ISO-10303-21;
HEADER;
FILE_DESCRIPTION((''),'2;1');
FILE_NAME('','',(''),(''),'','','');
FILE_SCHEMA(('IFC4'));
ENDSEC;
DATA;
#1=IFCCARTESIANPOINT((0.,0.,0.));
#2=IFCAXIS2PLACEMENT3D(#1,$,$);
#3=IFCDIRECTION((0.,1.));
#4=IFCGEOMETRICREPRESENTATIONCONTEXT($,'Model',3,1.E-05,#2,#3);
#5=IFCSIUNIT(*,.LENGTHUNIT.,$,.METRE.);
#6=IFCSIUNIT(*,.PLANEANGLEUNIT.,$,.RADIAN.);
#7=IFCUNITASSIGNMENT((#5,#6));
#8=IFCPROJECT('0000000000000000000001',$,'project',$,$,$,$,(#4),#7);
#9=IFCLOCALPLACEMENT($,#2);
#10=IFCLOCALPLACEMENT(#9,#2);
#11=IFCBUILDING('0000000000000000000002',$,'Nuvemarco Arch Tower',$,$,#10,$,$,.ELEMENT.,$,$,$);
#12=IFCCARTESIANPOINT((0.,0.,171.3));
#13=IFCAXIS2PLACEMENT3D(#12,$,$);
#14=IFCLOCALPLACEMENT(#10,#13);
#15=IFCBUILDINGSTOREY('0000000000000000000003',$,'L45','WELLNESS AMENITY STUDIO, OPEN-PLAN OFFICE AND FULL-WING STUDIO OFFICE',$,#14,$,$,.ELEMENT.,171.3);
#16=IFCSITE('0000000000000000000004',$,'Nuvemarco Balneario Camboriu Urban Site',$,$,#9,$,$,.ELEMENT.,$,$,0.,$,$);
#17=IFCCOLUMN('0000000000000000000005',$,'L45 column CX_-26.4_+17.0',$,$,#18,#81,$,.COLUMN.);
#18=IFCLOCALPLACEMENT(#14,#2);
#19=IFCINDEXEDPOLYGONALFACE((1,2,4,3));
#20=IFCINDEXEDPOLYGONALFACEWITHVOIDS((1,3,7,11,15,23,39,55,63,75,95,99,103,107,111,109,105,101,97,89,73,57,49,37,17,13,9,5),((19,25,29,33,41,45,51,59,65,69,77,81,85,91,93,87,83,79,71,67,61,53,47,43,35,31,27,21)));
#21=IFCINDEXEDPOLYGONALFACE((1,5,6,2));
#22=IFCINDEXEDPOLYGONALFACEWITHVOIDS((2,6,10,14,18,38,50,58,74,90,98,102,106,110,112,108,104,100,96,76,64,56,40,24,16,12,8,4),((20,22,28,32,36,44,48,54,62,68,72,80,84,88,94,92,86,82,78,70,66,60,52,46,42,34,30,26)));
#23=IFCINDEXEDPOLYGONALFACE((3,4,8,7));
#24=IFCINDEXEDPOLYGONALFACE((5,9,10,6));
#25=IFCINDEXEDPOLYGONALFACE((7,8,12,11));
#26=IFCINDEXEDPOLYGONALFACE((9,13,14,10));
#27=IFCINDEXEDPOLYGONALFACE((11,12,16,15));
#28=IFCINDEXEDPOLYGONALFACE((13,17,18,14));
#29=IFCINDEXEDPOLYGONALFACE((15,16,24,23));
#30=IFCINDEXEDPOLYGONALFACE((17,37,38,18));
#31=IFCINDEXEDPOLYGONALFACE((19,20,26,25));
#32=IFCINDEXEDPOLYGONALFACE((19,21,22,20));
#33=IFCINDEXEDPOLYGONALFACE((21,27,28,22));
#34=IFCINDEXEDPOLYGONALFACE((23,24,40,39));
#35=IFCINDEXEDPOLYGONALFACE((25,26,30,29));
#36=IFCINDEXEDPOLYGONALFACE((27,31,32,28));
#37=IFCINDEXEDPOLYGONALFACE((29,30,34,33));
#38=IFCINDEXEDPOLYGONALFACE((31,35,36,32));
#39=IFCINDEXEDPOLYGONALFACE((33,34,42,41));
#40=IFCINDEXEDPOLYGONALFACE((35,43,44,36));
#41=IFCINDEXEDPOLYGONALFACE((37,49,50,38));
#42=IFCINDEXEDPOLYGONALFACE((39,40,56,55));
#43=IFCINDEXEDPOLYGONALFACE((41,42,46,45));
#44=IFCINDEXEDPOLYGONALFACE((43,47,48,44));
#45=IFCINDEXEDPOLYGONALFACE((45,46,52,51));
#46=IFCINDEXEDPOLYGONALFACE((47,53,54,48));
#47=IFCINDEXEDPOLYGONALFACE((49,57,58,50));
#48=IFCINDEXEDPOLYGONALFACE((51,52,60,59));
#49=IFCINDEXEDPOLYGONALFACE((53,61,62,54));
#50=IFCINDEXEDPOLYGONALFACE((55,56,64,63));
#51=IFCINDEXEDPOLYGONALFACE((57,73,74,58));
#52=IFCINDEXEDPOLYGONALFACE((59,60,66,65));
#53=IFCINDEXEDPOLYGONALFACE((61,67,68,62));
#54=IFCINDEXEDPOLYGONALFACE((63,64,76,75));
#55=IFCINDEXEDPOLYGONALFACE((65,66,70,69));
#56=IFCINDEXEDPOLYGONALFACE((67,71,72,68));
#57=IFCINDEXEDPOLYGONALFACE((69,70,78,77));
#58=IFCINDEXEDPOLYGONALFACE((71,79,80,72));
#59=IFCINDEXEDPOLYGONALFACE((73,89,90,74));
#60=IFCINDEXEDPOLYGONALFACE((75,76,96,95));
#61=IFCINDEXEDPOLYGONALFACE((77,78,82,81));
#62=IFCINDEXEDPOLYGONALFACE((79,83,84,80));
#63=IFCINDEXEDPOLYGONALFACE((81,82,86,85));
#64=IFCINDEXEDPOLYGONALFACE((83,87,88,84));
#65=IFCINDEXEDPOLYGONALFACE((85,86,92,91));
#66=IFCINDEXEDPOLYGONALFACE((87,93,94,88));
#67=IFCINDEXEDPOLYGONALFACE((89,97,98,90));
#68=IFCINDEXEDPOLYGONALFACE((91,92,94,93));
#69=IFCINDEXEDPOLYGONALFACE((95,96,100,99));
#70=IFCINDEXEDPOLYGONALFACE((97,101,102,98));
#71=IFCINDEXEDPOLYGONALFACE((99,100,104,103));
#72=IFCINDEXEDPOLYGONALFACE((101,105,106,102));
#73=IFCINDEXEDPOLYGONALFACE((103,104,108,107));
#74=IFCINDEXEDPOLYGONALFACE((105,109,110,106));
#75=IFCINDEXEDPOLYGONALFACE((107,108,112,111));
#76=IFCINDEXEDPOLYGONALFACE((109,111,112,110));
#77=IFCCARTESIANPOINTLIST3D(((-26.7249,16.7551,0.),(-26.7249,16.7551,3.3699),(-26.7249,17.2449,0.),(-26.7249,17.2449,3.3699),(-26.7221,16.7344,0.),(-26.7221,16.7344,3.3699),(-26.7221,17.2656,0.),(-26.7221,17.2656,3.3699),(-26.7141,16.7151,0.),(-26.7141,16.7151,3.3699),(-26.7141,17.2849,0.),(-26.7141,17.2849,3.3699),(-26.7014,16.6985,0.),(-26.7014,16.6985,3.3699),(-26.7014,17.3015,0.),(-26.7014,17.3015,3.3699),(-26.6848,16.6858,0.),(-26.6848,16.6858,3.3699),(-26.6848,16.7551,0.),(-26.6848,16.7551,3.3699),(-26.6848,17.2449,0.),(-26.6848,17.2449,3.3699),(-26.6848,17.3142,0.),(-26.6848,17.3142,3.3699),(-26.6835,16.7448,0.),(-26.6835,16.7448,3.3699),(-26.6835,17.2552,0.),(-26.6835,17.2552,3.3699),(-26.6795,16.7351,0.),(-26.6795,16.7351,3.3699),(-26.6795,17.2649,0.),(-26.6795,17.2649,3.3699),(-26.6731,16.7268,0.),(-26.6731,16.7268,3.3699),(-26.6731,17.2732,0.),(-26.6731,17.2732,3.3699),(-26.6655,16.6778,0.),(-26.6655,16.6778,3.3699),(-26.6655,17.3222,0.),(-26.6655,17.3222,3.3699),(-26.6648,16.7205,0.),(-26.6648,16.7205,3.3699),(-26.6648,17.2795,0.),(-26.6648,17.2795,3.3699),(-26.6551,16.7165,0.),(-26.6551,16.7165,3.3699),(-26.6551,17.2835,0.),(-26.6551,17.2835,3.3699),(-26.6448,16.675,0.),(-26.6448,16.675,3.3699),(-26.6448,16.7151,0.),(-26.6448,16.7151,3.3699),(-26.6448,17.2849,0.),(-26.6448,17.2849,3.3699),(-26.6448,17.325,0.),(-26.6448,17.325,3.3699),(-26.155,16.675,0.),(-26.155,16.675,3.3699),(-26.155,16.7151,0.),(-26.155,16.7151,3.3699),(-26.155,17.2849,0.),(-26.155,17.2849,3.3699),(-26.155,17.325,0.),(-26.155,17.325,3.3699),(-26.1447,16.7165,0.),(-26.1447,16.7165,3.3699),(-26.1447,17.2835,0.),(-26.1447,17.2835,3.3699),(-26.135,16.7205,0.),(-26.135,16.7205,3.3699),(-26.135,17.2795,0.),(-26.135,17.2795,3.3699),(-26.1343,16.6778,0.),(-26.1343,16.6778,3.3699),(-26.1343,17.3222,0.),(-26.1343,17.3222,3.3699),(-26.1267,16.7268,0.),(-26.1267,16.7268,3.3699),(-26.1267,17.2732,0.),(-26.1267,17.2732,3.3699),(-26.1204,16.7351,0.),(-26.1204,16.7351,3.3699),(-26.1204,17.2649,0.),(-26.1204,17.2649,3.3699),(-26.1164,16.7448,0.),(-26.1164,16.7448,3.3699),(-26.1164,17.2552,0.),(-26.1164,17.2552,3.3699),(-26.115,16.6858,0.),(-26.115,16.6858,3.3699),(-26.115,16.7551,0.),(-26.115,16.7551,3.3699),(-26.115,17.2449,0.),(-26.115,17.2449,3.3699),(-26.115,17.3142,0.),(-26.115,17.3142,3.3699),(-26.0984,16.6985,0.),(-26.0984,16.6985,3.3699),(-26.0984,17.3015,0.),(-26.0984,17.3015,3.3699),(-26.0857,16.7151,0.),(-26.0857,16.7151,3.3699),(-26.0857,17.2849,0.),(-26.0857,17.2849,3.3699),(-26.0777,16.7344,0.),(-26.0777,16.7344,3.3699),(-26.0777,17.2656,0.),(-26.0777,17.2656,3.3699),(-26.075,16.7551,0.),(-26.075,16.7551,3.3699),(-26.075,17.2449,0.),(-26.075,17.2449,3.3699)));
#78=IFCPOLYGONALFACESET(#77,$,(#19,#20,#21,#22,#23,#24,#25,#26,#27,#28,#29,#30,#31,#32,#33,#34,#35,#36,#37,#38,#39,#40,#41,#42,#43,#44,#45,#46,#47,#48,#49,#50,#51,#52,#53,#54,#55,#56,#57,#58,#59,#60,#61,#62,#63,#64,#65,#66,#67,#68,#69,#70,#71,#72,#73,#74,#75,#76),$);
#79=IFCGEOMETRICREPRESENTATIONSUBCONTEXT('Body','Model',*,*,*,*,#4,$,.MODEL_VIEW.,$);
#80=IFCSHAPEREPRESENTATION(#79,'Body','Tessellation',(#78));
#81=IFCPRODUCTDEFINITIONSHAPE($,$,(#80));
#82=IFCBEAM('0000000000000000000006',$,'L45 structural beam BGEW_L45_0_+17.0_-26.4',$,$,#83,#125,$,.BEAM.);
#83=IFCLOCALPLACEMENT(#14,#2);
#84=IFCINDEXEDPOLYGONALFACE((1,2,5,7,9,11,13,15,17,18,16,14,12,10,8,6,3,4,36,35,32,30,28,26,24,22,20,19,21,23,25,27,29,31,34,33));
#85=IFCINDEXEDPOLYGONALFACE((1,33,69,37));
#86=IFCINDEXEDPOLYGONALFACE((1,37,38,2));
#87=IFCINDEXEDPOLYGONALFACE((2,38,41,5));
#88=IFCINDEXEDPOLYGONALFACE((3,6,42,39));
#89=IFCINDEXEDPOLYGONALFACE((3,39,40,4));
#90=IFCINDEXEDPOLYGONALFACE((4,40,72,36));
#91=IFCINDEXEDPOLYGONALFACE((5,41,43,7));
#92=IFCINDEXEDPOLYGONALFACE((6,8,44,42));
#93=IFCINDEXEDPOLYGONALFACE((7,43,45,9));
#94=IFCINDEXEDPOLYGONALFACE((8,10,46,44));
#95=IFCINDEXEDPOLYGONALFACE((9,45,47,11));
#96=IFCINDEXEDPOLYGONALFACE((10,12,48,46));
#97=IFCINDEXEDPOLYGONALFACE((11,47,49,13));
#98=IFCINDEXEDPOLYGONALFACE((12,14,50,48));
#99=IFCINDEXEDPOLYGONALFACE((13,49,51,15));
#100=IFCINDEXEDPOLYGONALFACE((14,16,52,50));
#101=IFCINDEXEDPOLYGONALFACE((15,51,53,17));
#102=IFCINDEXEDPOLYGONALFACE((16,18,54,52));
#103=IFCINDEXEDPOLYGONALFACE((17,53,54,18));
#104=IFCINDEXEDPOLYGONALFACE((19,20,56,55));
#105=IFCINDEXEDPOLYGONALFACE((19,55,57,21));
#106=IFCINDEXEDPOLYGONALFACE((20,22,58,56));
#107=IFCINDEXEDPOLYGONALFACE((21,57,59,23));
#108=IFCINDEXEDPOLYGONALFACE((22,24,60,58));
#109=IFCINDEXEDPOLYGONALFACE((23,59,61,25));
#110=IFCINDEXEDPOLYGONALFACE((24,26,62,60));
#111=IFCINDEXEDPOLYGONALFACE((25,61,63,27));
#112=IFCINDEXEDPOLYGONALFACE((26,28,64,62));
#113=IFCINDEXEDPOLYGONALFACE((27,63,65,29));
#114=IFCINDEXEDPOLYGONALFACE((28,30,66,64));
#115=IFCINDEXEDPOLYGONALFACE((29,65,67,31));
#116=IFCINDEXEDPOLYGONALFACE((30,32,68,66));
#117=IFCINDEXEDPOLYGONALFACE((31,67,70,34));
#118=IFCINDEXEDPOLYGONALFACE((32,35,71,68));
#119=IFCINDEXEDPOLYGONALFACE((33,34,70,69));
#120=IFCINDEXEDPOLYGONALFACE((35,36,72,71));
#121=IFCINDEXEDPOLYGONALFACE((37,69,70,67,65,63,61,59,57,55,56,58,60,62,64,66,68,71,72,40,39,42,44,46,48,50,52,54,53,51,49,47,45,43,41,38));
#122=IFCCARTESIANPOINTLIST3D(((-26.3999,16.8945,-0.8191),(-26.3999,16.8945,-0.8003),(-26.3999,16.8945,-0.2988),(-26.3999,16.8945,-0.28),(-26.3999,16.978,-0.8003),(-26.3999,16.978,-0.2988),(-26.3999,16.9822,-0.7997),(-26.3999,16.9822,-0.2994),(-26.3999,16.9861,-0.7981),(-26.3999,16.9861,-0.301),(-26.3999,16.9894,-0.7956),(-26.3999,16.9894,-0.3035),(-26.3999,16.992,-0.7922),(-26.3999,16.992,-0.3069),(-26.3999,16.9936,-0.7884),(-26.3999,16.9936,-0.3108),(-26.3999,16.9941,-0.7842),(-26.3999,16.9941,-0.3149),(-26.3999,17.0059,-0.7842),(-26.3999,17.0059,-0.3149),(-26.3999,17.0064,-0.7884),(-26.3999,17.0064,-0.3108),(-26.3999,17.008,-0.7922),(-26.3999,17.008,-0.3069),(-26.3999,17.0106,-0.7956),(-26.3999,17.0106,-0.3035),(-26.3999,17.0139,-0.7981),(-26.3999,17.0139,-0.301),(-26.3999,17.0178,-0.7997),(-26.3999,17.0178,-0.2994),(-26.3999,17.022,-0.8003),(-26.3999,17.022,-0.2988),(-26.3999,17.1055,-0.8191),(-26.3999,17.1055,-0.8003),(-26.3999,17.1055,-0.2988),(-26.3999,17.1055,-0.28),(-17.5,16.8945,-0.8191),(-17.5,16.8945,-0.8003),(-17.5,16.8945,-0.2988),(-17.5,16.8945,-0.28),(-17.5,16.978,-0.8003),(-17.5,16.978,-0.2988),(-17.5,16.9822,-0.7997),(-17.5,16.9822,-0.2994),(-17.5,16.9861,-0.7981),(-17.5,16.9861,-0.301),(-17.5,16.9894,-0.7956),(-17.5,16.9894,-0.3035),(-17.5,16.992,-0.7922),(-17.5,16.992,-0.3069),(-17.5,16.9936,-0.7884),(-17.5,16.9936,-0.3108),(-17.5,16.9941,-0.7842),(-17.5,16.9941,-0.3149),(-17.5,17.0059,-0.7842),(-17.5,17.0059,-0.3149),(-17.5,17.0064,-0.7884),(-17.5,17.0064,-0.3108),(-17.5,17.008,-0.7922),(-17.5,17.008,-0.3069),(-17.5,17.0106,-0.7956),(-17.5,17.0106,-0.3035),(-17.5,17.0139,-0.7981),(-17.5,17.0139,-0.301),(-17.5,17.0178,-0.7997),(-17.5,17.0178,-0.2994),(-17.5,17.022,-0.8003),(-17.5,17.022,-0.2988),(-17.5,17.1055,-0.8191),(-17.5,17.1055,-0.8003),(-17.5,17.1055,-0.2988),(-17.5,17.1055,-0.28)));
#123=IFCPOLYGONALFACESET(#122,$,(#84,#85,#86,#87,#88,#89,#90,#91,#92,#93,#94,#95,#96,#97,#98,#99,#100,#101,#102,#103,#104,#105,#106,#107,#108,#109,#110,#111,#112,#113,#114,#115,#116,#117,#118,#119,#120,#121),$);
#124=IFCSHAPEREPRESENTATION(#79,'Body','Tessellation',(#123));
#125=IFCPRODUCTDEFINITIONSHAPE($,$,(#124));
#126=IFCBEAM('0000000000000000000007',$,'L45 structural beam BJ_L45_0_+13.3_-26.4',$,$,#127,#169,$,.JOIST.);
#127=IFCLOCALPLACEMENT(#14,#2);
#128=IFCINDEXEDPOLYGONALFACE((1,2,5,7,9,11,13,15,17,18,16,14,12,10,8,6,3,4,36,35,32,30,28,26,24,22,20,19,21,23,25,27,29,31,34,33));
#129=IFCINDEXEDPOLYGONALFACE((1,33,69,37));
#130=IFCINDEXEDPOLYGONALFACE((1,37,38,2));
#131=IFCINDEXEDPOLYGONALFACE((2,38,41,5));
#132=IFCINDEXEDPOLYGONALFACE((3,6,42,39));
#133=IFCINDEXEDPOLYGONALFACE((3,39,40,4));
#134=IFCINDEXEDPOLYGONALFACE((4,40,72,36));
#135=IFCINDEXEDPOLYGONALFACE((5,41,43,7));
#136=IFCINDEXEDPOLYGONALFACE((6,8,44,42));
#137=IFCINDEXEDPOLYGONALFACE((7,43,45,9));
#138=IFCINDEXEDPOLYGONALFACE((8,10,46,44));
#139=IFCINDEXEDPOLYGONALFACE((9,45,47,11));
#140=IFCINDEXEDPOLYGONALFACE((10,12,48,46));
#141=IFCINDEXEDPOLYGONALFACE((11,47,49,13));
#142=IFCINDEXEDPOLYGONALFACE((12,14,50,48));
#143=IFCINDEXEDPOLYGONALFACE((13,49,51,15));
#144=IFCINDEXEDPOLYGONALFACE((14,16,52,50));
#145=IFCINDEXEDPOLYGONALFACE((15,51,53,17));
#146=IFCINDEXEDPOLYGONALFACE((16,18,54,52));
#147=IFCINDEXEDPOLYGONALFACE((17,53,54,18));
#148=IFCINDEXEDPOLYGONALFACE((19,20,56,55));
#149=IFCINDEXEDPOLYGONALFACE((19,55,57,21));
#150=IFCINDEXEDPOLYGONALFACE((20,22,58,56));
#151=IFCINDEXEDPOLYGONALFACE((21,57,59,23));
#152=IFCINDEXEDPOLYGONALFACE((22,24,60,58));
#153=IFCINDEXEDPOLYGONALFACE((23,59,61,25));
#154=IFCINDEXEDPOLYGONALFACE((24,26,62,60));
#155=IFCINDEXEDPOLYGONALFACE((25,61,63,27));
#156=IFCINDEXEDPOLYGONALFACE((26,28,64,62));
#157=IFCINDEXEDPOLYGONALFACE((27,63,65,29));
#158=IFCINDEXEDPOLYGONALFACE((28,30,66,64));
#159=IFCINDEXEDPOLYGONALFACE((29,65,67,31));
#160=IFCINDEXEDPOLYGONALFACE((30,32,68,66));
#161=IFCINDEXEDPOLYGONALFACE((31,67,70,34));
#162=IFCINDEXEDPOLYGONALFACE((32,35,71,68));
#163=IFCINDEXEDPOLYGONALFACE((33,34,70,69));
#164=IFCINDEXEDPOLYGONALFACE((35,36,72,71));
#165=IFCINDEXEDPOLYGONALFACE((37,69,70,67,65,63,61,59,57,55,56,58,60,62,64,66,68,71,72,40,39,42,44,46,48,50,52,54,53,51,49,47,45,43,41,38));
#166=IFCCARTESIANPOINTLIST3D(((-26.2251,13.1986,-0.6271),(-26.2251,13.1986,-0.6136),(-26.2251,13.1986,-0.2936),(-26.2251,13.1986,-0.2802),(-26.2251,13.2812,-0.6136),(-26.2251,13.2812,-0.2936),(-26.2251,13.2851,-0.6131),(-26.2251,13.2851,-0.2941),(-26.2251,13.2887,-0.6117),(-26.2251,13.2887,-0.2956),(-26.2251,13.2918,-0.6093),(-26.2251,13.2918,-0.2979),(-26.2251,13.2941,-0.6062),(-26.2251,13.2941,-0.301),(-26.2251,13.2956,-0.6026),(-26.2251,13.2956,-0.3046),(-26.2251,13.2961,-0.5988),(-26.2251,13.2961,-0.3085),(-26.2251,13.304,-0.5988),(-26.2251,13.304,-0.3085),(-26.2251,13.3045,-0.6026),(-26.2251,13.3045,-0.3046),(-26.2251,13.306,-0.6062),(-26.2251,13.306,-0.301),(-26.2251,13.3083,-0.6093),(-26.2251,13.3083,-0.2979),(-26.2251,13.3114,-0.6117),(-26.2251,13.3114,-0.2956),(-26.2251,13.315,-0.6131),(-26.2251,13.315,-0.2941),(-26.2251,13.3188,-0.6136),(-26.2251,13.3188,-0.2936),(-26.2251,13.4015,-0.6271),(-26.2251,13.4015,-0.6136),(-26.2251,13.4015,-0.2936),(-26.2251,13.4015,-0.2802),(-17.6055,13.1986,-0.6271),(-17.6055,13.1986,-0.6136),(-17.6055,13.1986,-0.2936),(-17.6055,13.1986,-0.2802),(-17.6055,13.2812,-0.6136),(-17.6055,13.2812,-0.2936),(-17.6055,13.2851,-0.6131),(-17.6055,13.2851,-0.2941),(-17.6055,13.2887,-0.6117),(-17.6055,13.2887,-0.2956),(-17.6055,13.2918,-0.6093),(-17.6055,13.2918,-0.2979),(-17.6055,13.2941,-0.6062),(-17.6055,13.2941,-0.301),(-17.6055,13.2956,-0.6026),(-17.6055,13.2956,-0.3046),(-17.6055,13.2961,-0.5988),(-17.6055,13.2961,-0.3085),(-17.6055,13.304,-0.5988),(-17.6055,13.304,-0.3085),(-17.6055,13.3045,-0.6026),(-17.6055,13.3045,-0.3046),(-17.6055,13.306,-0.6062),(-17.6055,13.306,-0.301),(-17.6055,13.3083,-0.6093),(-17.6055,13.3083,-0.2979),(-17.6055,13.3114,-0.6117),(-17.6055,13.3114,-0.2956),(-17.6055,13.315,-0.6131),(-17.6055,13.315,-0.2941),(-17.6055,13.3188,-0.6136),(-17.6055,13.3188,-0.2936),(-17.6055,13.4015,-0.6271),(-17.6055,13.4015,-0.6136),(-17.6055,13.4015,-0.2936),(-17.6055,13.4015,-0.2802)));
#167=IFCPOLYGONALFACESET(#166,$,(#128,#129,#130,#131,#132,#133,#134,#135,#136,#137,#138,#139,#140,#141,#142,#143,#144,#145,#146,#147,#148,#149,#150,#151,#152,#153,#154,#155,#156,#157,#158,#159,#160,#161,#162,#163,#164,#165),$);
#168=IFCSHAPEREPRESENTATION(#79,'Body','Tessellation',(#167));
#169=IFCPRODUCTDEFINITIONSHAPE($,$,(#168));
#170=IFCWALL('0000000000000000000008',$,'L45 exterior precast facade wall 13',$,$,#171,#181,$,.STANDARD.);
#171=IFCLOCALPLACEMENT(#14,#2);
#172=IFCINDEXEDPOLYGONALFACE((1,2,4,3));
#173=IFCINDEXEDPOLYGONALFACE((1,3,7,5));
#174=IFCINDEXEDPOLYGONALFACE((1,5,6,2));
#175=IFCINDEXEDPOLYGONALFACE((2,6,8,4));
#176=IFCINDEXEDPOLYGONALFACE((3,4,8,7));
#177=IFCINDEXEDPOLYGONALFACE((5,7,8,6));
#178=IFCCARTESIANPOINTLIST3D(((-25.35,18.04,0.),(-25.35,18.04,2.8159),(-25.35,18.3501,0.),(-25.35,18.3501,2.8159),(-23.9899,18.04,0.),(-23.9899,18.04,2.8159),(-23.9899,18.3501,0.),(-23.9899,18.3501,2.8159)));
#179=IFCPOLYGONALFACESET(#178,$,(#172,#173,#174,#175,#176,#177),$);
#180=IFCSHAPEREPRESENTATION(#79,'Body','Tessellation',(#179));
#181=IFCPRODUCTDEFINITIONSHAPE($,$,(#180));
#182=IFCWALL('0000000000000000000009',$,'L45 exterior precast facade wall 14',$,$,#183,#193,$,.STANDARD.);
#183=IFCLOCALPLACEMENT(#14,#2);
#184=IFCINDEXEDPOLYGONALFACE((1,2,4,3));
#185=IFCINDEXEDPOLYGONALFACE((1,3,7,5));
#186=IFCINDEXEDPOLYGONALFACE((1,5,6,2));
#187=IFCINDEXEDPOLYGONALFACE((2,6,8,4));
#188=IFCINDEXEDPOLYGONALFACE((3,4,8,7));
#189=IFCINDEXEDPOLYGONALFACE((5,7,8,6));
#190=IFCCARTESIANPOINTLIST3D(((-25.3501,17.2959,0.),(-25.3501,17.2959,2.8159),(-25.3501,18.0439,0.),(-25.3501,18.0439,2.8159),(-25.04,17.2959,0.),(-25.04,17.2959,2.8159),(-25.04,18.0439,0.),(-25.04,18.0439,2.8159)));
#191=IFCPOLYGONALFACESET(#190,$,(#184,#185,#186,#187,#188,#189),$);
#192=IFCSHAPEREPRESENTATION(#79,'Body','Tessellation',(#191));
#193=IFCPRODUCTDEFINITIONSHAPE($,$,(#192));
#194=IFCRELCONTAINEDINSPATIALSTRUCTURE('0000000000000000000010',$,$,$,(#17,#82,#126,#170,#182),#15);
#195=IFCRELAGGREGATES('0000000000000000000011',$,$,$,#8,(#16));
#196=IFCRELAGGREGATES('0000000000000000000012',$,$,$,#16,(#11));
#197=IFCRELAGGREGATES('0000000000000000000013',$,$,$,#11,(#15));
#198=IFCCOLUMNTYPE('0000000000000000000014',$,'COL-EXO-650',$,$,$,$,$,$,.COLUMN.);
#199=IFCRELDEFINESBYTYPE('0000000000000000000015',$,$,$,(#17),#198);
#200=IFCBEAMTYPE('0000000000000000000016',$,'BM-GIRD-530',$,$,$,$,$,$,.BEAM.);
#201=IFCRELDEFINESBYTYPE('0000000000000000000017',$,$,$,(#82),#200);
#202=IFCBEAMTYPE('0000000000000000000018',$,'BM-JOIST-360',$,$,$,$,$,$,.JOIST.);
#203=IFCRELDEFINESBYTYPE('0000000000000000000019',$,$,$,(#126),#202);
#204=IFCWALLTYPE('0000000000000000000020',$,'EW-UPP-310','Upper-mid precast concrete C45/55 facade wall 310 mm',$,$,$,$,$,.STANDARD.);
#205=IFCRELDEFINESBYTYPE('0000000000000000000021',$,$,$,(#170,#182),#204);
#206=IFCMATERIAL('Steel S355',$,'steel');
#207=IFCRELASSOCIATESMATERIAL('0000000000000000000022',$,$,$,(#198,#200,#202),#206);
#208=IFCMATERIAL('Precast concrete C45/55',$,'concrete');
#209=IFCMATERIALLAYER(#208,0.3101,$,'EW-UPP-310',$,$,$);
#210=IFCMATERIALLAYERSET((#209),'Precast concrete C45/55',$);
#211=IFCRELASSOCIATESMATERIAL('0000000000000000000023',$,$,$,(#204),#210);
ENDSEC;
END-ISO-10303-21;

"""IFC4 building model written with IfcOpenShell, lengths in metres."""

from ifc_helpers import new_model, si_unit, direction, frame, frame_2d, origin, origin_2d, place, context, subcontext, project, spatial, rectangle, hollow_rectangle, i_section, extrude, material, layer, layer_set, material_profile, profile_set, type_object, element, save


model = new_model("IFC4")

# Units and contexts
model_context = context("Model", 3, precision=1e-05, world=origin(), true_north=direction((0.0, 1.0)))
body_context = subcontext(model_context, "Body", "Model", "MODEL_VIEW")
ifc_project = project(units=[si_unit("LENGTHUNIT", "METRE"), si_unit("PLANEANGLEUNIT", "RADIAN")], contexts=[model_context])

# Site, building, storey
site_placement = place(None, origin())
site = spatial("IfcSite", under=ifc_project, at=site_placement, Name="Nuvemarco Balneario Camboriu Urban Site", CompositionType="ELEMENT", RefElevation=0.0)
building_placement = place(site_placement, origin())
building = spatial("IfcBuilding", under=site, at=building_placement, Name="Nuvemarco Arch Tower", CompositionType="ELEMENT")
storey_placement = place(building_placement, frame((0.0, 0.0, 171.3)))
storey = spatial("IfcBuildingStorey", under=building, at=storey_placement, Name="L45", Description="WELLNESS AMENITY STUDIO, OPEN-PLAN OFFICE AND FULL-WING STUDIO OFFICE", CompositionType="ELEMENT", Elevation=171.3)

# Column
ifc_material_1 = material(Name="Steel S355", Category="steel")
ifc_material_profile_1 = material_profile(ifc_material_1, hollow_rectangle(XDim=0.6499, YDim=0.6499, WallThickness=0.04, InnerFilletRadius=0.04, OuterFilletRadius=0.0801, at=origin_2d()), Name="SHS650x650x40")
ifc_profile_set_1 = profile_set([ifc_material_profile_1], Name="Steel S355")
column_type = type_object("IfcColumnType", Name="COL-EXO-650", PredefinedType="COLUMN", material=ifc_profile_set_1)
column_placement = place(storey_placement, frame((-26.3999, 17.0, 0.0), z_axis=(0.0, 0.0, 1.0), x_axis=(1.0, 0.0, 0.0)))
element("IfcColumn", 1, at=column_placement, inside=storey, type_object=column_type, Name="L45 column CX_-26.4_+17.0", PredefinedType="COLUMN", context=body_context, shape_type="SweptSolid", body=[
    extrude(hollow_rectangle(XDim=0.6499, YDim=0.6499, WallThickness=0.04, InnerFilletRadius=0.04, OuterFilletRadius=0.0801, at=origin_2d()), origin(), (0.0, 0.0, 1.0), 3.3699),
])

# Beams
ifc_material_profile_2 = material_profile(ifc_material_1, i_section(OverallWidth=0.2109, OverallDepth=0.5391, WebThickness=0.0117, FlangeThickness=0.0188, FilletRadius=0.0161, at=origin_2d()), Name="W530x109")
ifc_profile_set_2 = profile_set([ifc_material_profile_2], Name="Steel S355")
beam_type_1 = type_object("IfcBeamType", Name="BM-GIRD-530", PredefinedType="BEAM", material=ifc_profile_set_2)
beam_1_placement = place(storey_placement, frame((-26.3999, 17.0, -0.5496), z_axis=(1.0, 0.0, 0.0), x_axis=(0.0, 1.0, 0.0)))
element("IfcBeam", 2, at=beam_1_placement, inside=storey, type_object=beam_type_1, Name="L45 structural beam BGEW_L45_0_+17.0_-26.4", PredefinedType="BEAM", context=body_context, shape_type="SweptSolid", body=[
    extrude(i_section(OverallWidth=0.2109, OverallDepth=0.5391, WebThickness=0.0117, FlangeThickness=0.0188, FilletRadius=0.0161, at=origin_2d()), origin(), (0.0, 0.0, 1.0), 8.8999),
])
ifc_material_profile_3 = material_profile(ifc_material_1, i_section(OverallWidth=0.2029, OverallDepth=0.3469, WebThickness=0.0078, FlangeThickness=0.0134, FilletRadius=0.0149, at=origin_2d()), Name="W360x64")
ifc_profile_set_3 = profile_set([ifc_material_profile_3], Name="Steel S355")
beam_type_2 = type_object("IfcBeamType", Name="BM-JOIST-360", PredefinedType="JOIST", material=ifc_profile_set_3)
beam_2_placement = place(storey_placement, frame((-26.2251, 13.3, -0.4536), z_axis=(1.0, 0.0, 0.0), x_axis=(0.0, 1.0, 0.0)))
element("IfcBeam", 3, at=beam_2_placement, inside=storey, type_object=beam_type_2, Name="L45 structural beam BJ_L45_0_+13.3_-26.4", PredefinedType="JOIST", context=body_context, shape_type="SweptSolid", body=[
    extrude(i_section(OverallWidth=0.2029, OverallDepth=0.3469, WebThickness=0.0078, FlangeThickness=0.0134, FilletRadius=0.0149, at=origin_2d()), origin(), (0.0, 0.0, 1.0), 8.6196),
])

# Shared definitions
ifc_material_2 = material(Name="Precast concrete C45/55", Category="concrete")
ifc_layer_1 = layer(ifc_material_2, 0.3101, Name="EW-UPP-310")
ifc_layer_set_1 = layer_set([ifc_layer_1], Name="Precast concrete C45/55")
wall_type_1 = type_object("IfcWallType", Name="EW-UPP-310", Description="Upper-mid precast concrete C45/55 facade wall 310 mm", PredefinedType="STANDARD", material=ifc_layer_set_1)

# Walls
wall_1_placement = place(storey_placement, frame((-25.3501, 18.1951, 0.0), z_axis=(0.0, 0.0, 1.0), x_axis=(1.0, 0.0, 0.0)))
element("IfcWall", 4, at=wall_1_placement, inside=storey, type_object=wall_type_1, Name="L45 exterior precast facade wall 13", PredefinedType="STANDARD", context=body_context, shape_type="SweptSolid", body=[
    extrude(rectangle(XDim=1.3601, YDim=0.3101, at=frame_2d((0.6802, 0.0))), origin(), (0.0, 0.0, 1.0), 2.8159),
])
wall_2_placement = place(storey_placement, frame((-25.1951, 17.2959, 0.0), z_axis=(0.0, 0.0, 1.0), x_axis=(0.0, 1.0, 0.0)))
element("IfcWall", 5, at=wall_2_placement, inside=storey, type_object=wall_type_1, Name="L45 exterior precast facade wall 14", PredefinedType="STANDARD", context=body_context, shape_type="SweptSolid", body=[
    extrude(rectangle(XDim=0.748, YDim=0.3101, at=frame_2d((0.374, 0.0))), origin(), (0.0, 0.0, 1.0), 2.8159),
])

save(model, "model.ifc")
